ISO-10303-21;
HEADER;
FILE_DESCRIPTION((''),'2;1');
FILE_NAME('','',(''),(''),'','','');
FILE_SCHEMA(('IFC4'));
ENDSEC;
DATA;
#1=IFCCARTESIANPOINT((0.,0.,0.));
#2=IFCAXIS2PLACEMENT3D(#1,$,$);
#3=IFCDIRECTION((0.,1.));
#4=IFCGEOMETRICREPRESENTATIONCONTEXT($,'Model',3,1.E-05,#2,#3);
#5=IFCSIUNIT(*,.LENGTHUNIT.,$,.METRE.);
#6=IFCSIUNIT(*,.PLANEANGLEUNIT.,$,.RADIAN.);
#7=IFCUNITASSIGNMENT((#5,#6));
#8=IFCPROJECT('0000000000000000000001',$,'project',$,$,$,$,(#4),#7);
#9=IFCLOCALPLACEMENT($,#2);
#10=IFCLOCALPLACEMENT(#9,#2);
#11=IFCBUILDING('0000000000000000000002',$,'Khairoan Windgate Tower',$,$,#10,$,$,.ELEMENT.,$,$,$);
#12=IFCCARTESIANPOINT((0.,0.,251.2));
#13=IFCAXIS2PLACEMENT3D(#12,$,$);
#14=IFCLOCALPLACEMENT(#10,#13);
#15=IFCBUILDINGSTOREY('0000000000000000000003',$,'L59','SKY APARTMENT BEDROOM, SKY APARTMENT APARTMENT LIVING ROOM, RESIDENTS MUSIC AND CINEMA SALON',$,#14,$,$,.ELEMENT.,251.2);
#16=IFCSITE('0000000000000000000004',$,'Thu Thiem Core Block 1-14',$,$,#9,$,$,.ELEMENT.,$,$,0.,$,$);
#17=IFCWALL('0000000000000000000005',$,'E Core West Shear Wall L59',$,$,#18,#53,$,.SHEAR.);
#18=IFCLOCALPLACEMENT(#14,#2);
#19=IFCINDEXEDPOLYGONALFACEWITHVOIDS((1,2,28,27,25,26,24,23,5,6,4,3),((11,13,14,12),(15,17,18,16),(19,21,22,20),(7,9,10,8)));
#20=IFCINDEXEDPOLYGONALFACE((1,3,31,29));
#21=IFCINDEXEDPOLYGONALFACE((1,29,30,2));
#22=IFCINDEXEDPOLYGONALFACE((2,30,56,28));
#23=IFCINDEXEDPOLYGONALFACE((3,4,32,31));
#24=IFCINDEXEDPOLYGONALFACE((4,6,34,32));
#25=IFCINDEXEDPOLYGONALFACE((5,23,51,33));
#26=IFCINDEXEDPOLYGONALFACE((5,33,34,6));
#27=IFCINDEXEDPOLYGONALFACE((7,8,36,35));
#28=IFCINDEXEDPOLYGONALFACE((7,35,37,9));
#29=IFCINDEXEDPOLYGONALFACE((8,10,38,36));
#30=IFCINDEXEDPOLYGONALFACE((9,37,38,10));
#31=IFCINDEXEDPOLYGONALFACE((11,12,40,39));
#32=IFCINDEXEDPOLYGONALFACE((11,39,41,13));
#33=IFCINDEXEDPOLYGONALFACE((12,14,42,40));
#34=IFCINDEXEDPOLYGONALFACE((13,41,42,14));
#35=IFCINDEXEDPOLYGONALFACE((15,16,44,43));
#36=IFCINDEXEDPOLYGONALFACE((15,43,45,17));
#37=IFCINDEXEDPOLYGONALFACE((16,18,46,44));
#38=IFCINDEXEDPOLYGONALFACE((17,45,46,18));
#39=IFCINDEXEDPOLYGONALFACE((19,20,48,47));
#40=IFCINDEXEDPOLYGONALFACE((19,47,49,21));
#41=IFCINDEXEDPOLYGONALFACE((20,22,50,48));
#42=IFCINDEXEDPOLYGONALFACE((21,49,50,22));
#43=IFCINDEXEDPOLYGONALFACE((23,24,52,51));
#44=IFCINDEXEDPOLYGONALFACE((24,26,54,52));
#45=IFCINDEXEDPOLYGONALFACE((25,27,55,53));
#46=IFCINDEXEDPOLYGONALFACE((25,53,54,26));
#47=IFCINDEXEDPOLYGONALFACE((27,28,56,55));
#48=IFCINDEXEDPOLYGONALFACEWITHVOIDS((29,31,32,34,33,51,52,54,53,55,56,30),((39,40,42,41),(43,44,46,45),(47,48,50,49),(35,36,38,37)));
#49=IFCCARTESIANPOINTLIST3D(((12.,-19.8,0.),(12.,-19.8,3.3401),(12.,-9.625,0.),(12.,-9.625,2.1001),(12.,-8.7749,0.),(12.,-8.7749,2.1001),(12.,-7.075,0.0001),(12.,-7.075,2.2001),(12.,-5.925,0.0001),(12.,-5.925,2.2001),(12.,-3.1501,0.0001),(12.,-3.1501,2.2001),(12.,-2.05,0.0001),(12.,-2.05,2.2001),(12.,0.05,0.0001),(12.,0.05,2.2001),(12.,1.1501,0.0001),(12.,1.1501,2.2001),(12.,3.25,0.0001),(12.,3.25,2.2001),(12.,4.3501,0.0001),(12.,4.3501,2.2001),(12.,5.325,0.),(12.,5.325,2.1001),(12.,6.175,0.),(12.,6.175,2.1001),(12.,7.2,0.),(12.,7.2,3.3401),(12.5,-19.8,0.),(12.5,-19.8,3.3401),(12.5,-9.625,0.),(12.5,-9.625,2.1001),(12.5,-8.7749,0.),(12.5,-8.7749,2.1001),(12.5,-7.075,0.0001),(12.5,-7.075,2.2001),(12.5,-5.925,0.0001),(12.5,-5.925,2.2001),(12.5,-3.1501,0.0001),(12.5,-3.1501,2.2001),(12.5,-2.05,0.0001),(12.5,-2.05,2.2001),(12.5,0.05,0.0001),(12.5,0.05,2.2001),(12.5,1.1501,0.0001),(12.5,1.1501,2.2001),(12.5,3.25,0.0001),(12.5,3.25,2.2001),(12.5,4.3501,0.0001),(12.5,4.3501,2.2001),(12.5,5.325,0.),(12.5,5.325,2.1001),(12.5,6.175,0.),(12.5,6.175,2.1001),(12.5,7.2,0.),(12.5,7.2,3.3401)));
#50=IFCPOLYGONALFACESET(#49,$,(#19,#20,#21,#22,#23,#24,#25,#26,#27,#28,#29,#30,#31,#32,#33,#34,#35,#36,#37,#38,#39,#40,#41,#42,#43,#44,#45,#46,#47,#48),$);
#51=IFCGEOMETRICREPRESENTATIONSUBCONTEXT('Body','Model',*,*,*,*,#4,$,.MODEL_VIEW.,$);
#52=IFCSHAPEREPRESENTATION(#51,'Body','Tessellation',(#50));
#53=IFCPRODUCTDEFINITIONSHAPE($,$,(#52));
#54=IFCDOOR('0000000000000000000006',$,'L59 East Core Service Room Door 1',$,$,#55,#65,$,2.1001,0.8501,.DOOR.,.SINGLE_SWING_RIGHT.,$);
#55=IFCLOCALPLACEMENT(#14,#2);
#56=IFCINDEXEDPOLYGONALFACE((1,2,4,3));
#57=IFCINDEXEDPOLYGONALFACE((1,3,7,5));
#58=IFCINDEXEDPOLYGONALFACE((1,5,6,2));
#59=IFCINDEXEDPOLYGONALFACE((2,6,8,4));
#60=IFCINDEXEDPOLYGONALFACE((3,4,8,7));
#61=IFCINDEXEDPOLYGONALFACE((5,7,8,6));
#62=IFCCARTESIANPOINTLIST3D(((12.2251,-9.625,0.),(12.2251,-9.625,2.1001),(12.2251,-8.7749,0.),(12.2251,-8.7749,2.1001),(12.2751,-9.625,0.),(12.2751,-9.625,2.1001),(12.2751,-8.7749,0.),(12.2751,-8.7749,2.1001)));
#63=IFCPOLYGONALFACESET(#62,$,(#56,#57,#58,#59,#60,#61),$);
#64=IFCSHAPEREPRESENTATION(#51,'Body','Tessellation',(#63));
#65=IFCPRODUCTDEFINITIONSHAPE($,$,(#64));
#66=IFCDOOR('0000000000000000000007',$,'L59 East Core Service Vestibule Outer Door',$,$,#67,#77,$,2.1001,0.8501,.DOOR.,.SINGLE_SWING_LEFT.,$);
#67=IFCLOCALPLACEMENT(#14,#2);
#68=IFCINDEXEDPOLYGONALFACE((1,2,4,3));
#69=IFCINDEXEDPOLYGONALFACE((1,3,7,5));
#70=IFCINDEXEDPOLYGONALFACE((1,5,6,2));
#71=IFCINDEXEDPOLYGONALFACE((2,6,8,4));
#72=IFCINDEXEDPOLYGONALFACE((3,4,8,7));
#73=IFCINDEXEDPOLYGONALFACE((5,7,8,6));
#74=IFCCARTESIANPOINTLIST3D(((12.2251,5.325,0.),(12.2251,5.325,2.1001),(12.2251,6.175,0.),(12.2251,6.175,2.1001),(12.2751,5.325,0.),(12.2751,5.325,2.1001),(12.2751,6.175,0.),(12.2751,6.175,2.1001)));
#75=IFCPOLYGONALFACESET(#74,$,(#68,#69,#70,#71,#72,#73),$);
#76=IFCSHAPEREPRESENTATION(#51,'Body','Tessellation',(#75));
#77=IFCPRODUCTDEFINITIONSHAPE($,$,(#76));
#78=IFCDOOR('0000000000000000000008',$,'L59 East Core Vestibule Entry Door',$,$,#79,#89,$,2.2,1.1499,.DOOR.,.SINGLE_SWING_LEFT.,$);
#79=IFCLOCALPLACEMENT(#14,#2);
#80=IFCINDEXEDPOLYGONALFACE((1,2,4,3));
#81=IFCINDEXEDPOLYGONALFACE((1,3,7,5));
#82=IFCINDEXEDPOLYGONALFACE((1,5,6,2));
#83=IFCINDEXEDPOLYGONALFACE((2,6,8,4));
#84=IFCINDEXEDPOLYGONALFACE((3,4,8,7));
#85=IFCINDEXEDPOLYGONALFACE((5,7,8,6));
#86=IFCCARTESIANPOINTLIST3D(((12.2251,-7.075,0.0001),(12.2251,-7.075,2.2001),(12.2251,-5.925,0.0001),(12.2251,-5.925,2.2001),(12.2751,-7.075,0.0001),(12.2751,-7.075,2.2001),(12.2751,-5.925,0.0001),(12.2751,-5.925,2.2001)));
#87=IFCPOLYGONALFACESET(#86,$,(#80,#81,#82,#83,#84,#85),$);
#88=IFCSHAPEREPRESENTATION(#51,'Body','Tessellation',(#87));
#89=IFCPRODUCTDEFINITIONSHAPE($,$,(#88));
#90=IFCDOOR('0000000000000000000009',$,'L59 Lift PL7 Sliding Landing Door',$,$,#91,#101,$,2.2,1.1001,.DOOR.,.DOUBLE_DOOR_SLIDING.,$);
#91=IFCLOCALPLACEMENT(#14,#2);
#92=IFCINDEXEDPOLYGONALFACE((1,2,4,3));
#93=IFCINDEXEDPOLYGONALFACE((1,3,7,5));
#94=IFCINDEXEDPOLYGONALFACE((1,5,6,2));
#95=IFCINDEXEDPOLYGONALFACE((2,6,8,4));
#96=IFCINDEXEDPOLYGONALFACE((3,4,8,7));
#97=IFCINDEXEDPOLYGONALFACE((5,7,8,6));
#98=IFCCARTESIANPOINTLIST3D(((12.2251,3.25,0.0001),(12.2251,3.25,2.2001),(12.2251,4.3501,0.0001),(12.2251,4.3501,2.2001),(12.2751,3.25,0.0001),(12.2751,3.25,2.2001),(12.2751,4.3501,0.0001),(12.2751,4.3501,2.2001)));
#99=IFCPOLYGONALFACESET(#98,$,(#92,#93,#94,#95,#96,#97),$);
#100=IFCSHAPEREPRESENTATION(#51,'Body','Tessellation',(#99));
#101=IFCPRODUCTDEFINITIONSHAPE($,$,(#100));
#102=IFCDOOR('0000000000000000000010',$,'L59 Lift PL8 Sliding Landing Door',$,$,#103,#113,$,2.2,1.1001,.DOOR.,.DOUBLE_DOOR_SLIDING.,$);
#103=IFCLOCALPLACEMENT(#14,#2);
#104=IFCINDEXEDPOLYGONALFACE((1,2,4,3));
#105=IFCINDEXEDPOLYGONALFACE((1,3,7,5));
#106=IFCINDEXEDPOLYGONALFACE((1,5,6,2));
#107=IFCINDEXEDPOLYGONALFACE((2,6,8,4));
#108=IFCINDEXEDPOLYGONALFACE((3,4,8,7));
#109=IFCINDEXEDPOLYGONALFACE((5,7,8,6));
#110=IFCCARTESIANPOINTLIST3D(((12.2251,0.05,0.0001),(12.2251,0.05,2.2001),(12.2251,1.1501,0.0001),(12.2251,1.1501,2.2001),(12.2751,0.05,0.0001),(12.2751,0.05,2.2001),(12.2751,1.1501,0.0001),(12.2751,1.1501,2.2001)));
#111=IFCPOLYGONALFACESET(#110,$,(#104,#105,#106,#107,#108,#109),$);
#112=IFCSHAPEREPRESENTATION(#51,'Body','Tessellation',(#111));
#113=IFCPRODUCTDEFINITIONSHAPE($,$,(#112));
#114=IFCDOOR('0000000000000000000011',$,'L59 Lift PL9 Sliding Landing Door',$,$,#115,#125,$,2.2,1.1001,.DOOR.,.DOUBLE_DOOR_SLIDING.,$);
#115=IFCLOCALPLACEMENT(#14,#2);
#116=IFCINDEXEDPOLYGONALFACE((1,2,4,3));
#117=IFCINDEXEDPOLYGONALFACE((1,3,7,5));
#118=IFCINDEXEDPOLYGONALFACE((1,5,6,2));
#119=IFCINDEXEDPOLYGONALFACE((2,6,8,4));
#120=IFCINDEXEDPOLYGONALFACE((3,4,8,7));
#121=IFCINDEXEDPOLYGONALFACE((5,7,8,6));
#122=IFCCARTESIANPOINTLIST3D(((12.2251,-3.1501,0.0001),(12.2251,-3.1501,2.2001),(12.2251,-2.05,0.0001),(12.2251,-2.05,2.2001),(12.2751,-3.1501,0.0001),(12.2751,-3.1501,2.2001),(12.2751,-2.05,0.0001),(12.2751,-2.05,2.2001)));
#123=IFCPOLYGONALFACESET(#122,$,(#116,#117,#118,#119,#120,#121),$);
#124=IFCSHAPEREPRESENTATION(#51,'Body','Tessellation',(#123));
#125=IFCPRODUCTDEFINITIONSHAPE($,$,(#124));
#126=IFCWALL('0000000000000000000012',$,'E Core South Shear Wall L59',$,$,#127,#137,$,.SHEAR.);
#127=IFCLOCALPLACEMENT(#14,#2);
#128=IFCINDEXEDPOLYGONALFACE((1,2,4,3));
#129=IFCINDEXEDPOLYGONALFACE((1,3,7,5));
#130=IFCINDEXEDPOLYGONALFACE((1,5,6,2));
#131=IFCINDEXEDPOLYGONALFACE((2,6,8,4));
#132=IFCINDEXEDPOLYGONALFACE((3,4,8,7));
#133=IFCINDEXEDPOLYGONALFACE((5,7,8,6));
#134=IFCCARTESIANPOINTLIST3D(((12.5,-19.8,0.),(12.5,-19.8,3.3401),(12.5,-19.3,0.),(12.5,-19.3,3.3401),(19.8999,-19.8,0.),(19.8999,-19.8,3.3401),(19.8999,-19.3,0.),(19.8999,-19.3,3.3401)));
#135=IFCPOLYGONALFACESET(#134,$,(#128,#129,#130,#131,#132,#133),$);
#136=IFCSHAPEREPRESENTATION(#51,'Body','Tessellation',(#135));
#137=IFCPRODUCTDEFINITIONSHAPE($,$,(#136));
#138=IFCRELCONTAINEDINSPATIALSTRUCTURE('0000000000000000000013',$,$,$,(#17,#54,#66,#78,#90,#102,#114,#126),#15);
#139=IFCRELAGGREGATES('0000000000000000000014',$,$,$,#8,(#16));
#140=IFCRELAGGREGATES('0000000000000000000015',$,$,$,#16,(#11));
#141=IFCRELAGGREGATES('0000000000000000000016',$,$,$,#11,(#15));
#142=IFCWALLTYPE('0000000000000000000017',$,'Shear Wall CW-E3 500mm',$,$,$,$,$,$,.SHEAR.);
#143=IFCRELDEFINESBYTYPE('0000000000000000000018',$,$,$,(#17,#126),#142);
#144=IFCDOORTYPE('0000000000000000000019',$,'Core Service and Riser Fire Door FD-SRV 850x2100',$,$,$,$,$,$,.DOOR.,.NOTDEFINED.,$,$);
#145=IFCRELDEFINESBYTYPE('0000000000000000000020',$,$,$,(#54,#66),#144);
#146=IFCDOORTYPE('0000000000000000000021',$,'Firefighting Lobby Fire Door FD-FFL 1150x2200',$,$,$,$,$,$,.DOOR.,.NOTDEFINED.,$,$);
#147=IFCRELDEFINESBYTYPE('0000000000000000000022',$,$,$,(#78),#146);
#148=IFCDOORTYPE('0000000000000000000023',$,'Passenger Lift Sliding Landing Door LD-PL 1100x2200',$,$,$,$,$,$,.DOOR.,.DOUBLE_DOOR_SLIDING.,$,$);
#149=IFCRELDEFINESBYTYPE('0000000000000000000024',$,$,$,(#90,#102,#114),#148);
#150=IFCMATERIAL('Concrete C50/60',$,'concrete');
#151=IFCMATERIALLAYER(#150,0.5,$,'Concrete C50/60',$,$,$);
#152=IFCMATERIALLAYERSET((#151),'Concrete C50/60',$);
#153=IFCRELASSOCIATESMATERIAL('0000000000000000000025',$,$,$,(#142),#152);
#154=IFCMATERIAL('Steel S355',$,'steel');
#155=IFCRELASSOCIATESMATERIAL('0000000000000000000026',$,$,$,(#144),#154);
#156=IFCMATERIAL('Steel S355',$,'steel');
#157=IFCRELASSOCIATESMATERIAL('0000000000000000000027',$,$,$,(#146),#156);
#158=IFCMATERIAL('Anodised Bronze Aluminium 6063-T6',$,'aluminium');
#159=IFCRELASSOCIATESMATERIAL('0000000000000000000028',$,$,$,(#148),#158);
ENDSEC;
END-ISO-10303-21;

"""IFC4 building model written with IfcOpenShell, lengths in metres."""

from ifc_helpers import new_model, si_unit, direction, frame, frame_2d, origin, place, context, subcontext, project, spatial, rectangle, extrude, material, layer, layer_set, type_object, element, fill, save


model = new_model("IFC4")

# Units and contexts
model_context = context("Model", 3, precision=1e-05, world=origin(), true_north=direction((0.0, 1.0)))
body_context = subcontext(model_context, "Body", "Model", "MODEL_VIEW")
ifc_project = project(units=[si_unit("LENGTHUNIT", "METRE"), si_unit("PLANEANGLEUNIT", "RADIAN")], contexts=[model_context])

# Site, building, storey
site_placement = place(None, origin())
site = spatial("IfcSite", under=ifc_project, at=site_placement, Name="Thu Thiem Core Block 1-14", CompositionType="ELEMENT", RefElevation=0.0)
building_placement = place(site_placement, origin())
building = spatial("IfcBuilding", under=site, at=building_placement, Name="Khairoan Windgate Tower", CompositionType="ELEMENT")
storey_placement = place(building_placement, frame((0.0, 0.0, 251.2)))
storey = spatial("IfcBuildingStorey", under=building, at=storey_placement, Name="L59", Description="SKY APARTMENT BEDROOM, SKY APARTMENT APARTMENT LIVING ROOM, RESIDENTS MUSIC AND CINEMA SALON", CompositionType="ELEMENT", Elevation=251.2)

# Wall, openings, doors
ifc_material_1 = material(Name="Concrete C50/60", Category="concrete")
ifc_layer_1 = layer(ifc_material_1, 0.5, Name="Concrete C50/60")
ifc_layer_set_1 = layer_set([ifc_layer_1], Name="Concrete C50/60")
wall_type_1 = type_object("IfcWallType", Name="Shear Wall CW-E3 500mm", PredefinedType="SHEAR", material=ifc_layer_set_1)
wall_1_placement = place(storey_placement, frame((12.25, -19.8, 0.0), z_axis=(0.0, 0.0, 1.0), x_axis=(0.0, 1.0, 0.0)))
wall_1 = element("IfcWall", 1, at=wall_1_placement, inside=storey, type_object=wall_type_1, Name="E Core West Shear Wall L59", PredefinedType="SHEAR", context=body_context, shape_type="SweptSolid", body=[
    extrude(rectangle(XDim=27.0, YDim=0.5, at=frame_2d((13.5, 0.0))), origin(), (0.0, 0.0, 1.0), 3.3401),
])
opening_1_placement = place(wall_1_placement, frame((23.05, 0.0, 0.0)))
opening_1 = element("IfcOpeningElement", 2, at=opening_1_placement, cuts=wall_1, PredefinedType="OPENING", context=body_context, shape_type="SweptSolid", body=[
    extrude(rectangle(XDim=1.1001, YDim=2.2, at=frame_2d((0.55, 1.1001))), frame((0.0, 0.26, 0.0), z_axis=(0.0, -1.0, 0.0), x_axis=(1.0, 0.0, 0.0)), (0.0, 0.0, 1.0), 0.52),
])
opening_2_placement = place(wall_1_placement, frame((19.8501, 0.0, 0.0)))
opening_2 = element("IfcOpeningElement", 3, at=opening_2_placement, cuts=wall_1, PredefinedType="OPENING", context=body_context, shape_type="SweptSolid", body=[
    extrude(rectangle(XDim=1.1001, YDim=2.2, at=frame_2d((0.55, 1.1001))), frame((0.0, 0.26, 0.0), z_axis=(0.0, -1.0, 0.0), x_axis=(1.0, 0.0, 0.0)), (0.0, 0.0, 1.0), 0.52),
])
opening_3_placement = place(wall_1_placement, frame((16.6499, 0.0, 0.0)))
opening_3 = element("IfcOpeningElement", 4, at=opening_3_placement, cuts=wall_1, PredefinedType="OPENING", context=body_context, shape_type="SweptSolid", body=[
    extrude(rectangle(XDim=1.1001, YDim=2.2, at=frame_2d((0.55, 1.1001))), frame((0.0, 0.26, 0.0), z_axis=(0.0, -1.0, 0.0), x_axis=(1.0, 0.0, 0.0)), (0.0, 0.0, 1.0), 0.52),
])
opening_4_placement = place(wall_1_placement, frame((10.175, 0.0, 0.0)))
opening_4 = element("IfcOpeningElement", 5, at=opening_4_placement, cuts=wall_1, PredefinedType="OPENING", context=body_context, shape_type="SweptSolid", body=[
    extrude(rectangle(XDim=0.8501, YDim=2.1001, at=frame_2d((0.425, 1.05))), frame((0.0, 0.26, 0.0), z_axis=(0.0, -1.0, 0.0), x_axis=(1.0, 0.0, 0.0)), (0.0, 0.0, 1.0), 0.52),
])
opening_5_placement = place(wall_1_placement, frame((12.7251, 0.0, 0.0)))
opening_5 = element("IfcOpeningElement", 6, at=opening_5_placement, cuts=wall_1, PredefinedType="OPENING", context=body_context, shape_type="SweptSolid", body=[
    extrude(rectangle(XDim=1.1499, YDim=2.2, at=frame_2d((0.575, 1.1001))), frame((0.0, 0.26, 0.0), z_axis=(0.0, -1.0, 0.0), x_axis=(1.0, 0.0, 0.0)), (0.0, 0.0, 1.0), 0.52),
])
opening_6_placement = place(wall_1_placement, frame((25.125, 0.0, 0.0)))
opening_6 = element("IfcOpeningElement", 7, at=opening_6_placement, cuts=wall_1, PredefinedType="OPENING", context=body_context, shape_type="SweptSolid", body=[
    extrude(rectangle(XDim=0.8501, YDim=2.1001, at=frame_2d((0.425, 1.05))), frame((0.0, 0.26, 0.0), z_axis=(0.0, -1.0, 0.0), x_axis=(1.0, 0.0, 0.0)), (0.0, 0.0, 1.0), 0.52),
])
ifc_material_2 = material(Name="Steel S355", Category="steel")
door_type_1 = type_object("IfcDoorType", Name="Core Service and Riser Fire Door FD-SRV 850x2100", OperationType="NOTDEFINED", PredefinedType="DOOR", material=ifc_material_2)
door_1_placement = place(opening_4_placement, origin())
door_1 = element("IfcDoor", 8, at=door_1_placement, inside=storey, type_object=door_type_1, Name="L59 East Core Service Room Door 1", OperationType="SINGLE_SWING_RIGHT", OverallHeight=2.1001, OverallWidth=0.8501, PredefinedType="DOOR", context=body_context, shape_type="SweptSolid", body=[
    extrude(rectangle(XDim=0.8501, YDim=2.1001, at=frame_2d((0.425, 1.05))), frame((0.0, 0.0249, 0.0), z_axis=(0.0, -1.0, 0.0), x_axis=(1.0, 0.0, 0.0)), (0.0, 0.0, 1.0), 0.05),
])
fill(opening_4, door_1)
door_2_placement = place(opening_6_placement, origin())
door_2 = element("IfcDoor", 9, at=door_2_placement, inside=storey, type_object=door_type_1, Name="L59 East Core Service Vestibule Outer Door", OperationType="SINGLE_SWING_LEFT", OverallHeight=2.1001, OverallWidth=0.8501, PredefinedType="DOOR", context=body_context, shape_type="SweptSolid", body=[
    extrude(rectangle(XDim=0.8501, YDim=2.1001, at=frame_2d((0.425, 1.05))), frame((0.0, 0.0249, 0.0), z_axis=(0.0, -1.0, 0.0), x_axis=(1.0, 0.0, 0.0)), (0.0, 0.0, 1.0), 0.05),
])
fill(opening_6, door_2)
ifc_material_3 = material(Name="Steel S355", Category="steel")
door_type_2 = type_object("IfcDoorType", Name="Firefighting Lobby Fire Door FD-FFL 1150x2200", OperationType="NOTDEFINED", PredefinedType="DOOR", material=ifc_material_3)
door_3_placement = place(opening_5_placement, origin())
door_3 = element("IfcDoor", 10, at=door_3_placement, inside=storey, type_object=door_type_2, Name="L59 East Core Vestibule Entry Door", OperationType="SINGLE_SWING_LEFT", OverallHeight=2.2, OverallWidth=1.1499, PredefinedType="DOOR", context=body_context, shape_type="SweptSolid", body=[
    extrude(rectangle(XDim=1.1499, YDim=2.2, at=frame_2d((0.575, 1.1001))), frame((0.0, 0.0249, 0.0), z_axis=(0.0, -1.0, 0.0), x_axis=(1.0, 0.0, 0.0)), (0.0, 0.0, 1.0), 0.05),
])
fill(opening_5, door_3)
ifc_material_4 = material(Name="Anodised Bronze Aluminium 6063-T6", Category="aluminium")
door_type_3 = type_object("IfcDoorType", Name="Passenger Lift Sliding Landing Door LD-PL 1100x2200", OperationType="DOUBLE_DOOR_SLIDING", PredefinedType="DOOR", material=ifc_material_4)
door_4_placement = place(opening_1_placement, origin())
door_4 = element("IfcDoor", 11, at=door_4_placement, inside=storey, type_object=door_type_3, Name="L59 Lift PL7 Sliding Landing Door", OperationType="DOUBLE_DOOR_SLIDING", OverallHeight=2.2, OverallWidth=1.1001, PredefinedType="DOOR", context=body_context, shape_type="SweptSolid", body=[
    extrude(rectangle(XDim=1.1001, YDim=2.2, at=frame_2d((0.55, 1.1001))), frame((0.0, 0.0249, 0.0), z_axis=(0.0, -1.0, 0.0), x_axis=(1.0, 0.0, 0.0)), (0.0, 0.0, 1.0), 0.05),
])
fill(opening_1, door_4)
door_5_placement = place(opening_2_placement, origin())
door_5 = element("IfcDoor", 12, at=door_5_placement, inside=storey, type_object=door_type_3, Name="L59 Lift PL8 Sliding Landing Door", OperationType="DOUBLE_DOOR_SLIDING", OverallHeight=2.2, OverallWidth=1.1001, PredefinedType="DOOR", context=body_context, shape_type="SweptSolid", body=[
    extrude(rectangle(XDim=1.1001, YDim=2.2, at=frame_2d((0.55, 1.1001))), frame((0.0, 0.0249, 0.0), z_axis=(0.0, -1.0, 0.0), x_axis=(1.0, 0.0, 0.0)), (0.0, 0.0, 1.0), 0.05),
])
fill(opening_2, door_5)
door_6_placement = place(opening_3_placement, origin())
door_6 = element("IfcDoor", 13, at=door_6_placement, inside=storey, type_object=door_type_3, Name="L59 Lift PL9 Sliding Landing Door", OperationType="DOUBLE_DOOR_SLIDING", OverallHeight=2.2, OverallWidth=1.1001, PredefinedType="DOOR", context=body_context, shape_type="SweptSolid", body=[
    extrude(rectangle(XDim=1.1001, YDim=2.2, at=frame_2d((0.55, 1.1001))), frame((0.0, 0.0249, 0.0), z_axis=(0.0, -1.0, 0.0), x_axis=(1.0, 0.0, 0.0)), (0.0, 0.0, 1.0), 0.05),
])
fill(opening_3, door_6)

# Wall
wall_2_placement = place(storey_placement, frame((12.5, -19.55, 0.0), z_axis=(0.0, 0.0, 1.0), x_axis=(1.0, 0.0, 0.0)))
element("IfcWall", 14, at=wall_2_placement, inside=storey, type_object=wall_type_1, Name="E Core South Shear Wall L59", PredefinedType="SHEAR", context=body_context, shape_type="SweptSolid", body=[
    extrude(rectangle(XDim=7.3999, YDim=0.5, at=frame_2d((3.7, 0.0))), origin(), (0.0, 0.0, 1.0), 3.3401),
])

save(model, "model.ifc")
